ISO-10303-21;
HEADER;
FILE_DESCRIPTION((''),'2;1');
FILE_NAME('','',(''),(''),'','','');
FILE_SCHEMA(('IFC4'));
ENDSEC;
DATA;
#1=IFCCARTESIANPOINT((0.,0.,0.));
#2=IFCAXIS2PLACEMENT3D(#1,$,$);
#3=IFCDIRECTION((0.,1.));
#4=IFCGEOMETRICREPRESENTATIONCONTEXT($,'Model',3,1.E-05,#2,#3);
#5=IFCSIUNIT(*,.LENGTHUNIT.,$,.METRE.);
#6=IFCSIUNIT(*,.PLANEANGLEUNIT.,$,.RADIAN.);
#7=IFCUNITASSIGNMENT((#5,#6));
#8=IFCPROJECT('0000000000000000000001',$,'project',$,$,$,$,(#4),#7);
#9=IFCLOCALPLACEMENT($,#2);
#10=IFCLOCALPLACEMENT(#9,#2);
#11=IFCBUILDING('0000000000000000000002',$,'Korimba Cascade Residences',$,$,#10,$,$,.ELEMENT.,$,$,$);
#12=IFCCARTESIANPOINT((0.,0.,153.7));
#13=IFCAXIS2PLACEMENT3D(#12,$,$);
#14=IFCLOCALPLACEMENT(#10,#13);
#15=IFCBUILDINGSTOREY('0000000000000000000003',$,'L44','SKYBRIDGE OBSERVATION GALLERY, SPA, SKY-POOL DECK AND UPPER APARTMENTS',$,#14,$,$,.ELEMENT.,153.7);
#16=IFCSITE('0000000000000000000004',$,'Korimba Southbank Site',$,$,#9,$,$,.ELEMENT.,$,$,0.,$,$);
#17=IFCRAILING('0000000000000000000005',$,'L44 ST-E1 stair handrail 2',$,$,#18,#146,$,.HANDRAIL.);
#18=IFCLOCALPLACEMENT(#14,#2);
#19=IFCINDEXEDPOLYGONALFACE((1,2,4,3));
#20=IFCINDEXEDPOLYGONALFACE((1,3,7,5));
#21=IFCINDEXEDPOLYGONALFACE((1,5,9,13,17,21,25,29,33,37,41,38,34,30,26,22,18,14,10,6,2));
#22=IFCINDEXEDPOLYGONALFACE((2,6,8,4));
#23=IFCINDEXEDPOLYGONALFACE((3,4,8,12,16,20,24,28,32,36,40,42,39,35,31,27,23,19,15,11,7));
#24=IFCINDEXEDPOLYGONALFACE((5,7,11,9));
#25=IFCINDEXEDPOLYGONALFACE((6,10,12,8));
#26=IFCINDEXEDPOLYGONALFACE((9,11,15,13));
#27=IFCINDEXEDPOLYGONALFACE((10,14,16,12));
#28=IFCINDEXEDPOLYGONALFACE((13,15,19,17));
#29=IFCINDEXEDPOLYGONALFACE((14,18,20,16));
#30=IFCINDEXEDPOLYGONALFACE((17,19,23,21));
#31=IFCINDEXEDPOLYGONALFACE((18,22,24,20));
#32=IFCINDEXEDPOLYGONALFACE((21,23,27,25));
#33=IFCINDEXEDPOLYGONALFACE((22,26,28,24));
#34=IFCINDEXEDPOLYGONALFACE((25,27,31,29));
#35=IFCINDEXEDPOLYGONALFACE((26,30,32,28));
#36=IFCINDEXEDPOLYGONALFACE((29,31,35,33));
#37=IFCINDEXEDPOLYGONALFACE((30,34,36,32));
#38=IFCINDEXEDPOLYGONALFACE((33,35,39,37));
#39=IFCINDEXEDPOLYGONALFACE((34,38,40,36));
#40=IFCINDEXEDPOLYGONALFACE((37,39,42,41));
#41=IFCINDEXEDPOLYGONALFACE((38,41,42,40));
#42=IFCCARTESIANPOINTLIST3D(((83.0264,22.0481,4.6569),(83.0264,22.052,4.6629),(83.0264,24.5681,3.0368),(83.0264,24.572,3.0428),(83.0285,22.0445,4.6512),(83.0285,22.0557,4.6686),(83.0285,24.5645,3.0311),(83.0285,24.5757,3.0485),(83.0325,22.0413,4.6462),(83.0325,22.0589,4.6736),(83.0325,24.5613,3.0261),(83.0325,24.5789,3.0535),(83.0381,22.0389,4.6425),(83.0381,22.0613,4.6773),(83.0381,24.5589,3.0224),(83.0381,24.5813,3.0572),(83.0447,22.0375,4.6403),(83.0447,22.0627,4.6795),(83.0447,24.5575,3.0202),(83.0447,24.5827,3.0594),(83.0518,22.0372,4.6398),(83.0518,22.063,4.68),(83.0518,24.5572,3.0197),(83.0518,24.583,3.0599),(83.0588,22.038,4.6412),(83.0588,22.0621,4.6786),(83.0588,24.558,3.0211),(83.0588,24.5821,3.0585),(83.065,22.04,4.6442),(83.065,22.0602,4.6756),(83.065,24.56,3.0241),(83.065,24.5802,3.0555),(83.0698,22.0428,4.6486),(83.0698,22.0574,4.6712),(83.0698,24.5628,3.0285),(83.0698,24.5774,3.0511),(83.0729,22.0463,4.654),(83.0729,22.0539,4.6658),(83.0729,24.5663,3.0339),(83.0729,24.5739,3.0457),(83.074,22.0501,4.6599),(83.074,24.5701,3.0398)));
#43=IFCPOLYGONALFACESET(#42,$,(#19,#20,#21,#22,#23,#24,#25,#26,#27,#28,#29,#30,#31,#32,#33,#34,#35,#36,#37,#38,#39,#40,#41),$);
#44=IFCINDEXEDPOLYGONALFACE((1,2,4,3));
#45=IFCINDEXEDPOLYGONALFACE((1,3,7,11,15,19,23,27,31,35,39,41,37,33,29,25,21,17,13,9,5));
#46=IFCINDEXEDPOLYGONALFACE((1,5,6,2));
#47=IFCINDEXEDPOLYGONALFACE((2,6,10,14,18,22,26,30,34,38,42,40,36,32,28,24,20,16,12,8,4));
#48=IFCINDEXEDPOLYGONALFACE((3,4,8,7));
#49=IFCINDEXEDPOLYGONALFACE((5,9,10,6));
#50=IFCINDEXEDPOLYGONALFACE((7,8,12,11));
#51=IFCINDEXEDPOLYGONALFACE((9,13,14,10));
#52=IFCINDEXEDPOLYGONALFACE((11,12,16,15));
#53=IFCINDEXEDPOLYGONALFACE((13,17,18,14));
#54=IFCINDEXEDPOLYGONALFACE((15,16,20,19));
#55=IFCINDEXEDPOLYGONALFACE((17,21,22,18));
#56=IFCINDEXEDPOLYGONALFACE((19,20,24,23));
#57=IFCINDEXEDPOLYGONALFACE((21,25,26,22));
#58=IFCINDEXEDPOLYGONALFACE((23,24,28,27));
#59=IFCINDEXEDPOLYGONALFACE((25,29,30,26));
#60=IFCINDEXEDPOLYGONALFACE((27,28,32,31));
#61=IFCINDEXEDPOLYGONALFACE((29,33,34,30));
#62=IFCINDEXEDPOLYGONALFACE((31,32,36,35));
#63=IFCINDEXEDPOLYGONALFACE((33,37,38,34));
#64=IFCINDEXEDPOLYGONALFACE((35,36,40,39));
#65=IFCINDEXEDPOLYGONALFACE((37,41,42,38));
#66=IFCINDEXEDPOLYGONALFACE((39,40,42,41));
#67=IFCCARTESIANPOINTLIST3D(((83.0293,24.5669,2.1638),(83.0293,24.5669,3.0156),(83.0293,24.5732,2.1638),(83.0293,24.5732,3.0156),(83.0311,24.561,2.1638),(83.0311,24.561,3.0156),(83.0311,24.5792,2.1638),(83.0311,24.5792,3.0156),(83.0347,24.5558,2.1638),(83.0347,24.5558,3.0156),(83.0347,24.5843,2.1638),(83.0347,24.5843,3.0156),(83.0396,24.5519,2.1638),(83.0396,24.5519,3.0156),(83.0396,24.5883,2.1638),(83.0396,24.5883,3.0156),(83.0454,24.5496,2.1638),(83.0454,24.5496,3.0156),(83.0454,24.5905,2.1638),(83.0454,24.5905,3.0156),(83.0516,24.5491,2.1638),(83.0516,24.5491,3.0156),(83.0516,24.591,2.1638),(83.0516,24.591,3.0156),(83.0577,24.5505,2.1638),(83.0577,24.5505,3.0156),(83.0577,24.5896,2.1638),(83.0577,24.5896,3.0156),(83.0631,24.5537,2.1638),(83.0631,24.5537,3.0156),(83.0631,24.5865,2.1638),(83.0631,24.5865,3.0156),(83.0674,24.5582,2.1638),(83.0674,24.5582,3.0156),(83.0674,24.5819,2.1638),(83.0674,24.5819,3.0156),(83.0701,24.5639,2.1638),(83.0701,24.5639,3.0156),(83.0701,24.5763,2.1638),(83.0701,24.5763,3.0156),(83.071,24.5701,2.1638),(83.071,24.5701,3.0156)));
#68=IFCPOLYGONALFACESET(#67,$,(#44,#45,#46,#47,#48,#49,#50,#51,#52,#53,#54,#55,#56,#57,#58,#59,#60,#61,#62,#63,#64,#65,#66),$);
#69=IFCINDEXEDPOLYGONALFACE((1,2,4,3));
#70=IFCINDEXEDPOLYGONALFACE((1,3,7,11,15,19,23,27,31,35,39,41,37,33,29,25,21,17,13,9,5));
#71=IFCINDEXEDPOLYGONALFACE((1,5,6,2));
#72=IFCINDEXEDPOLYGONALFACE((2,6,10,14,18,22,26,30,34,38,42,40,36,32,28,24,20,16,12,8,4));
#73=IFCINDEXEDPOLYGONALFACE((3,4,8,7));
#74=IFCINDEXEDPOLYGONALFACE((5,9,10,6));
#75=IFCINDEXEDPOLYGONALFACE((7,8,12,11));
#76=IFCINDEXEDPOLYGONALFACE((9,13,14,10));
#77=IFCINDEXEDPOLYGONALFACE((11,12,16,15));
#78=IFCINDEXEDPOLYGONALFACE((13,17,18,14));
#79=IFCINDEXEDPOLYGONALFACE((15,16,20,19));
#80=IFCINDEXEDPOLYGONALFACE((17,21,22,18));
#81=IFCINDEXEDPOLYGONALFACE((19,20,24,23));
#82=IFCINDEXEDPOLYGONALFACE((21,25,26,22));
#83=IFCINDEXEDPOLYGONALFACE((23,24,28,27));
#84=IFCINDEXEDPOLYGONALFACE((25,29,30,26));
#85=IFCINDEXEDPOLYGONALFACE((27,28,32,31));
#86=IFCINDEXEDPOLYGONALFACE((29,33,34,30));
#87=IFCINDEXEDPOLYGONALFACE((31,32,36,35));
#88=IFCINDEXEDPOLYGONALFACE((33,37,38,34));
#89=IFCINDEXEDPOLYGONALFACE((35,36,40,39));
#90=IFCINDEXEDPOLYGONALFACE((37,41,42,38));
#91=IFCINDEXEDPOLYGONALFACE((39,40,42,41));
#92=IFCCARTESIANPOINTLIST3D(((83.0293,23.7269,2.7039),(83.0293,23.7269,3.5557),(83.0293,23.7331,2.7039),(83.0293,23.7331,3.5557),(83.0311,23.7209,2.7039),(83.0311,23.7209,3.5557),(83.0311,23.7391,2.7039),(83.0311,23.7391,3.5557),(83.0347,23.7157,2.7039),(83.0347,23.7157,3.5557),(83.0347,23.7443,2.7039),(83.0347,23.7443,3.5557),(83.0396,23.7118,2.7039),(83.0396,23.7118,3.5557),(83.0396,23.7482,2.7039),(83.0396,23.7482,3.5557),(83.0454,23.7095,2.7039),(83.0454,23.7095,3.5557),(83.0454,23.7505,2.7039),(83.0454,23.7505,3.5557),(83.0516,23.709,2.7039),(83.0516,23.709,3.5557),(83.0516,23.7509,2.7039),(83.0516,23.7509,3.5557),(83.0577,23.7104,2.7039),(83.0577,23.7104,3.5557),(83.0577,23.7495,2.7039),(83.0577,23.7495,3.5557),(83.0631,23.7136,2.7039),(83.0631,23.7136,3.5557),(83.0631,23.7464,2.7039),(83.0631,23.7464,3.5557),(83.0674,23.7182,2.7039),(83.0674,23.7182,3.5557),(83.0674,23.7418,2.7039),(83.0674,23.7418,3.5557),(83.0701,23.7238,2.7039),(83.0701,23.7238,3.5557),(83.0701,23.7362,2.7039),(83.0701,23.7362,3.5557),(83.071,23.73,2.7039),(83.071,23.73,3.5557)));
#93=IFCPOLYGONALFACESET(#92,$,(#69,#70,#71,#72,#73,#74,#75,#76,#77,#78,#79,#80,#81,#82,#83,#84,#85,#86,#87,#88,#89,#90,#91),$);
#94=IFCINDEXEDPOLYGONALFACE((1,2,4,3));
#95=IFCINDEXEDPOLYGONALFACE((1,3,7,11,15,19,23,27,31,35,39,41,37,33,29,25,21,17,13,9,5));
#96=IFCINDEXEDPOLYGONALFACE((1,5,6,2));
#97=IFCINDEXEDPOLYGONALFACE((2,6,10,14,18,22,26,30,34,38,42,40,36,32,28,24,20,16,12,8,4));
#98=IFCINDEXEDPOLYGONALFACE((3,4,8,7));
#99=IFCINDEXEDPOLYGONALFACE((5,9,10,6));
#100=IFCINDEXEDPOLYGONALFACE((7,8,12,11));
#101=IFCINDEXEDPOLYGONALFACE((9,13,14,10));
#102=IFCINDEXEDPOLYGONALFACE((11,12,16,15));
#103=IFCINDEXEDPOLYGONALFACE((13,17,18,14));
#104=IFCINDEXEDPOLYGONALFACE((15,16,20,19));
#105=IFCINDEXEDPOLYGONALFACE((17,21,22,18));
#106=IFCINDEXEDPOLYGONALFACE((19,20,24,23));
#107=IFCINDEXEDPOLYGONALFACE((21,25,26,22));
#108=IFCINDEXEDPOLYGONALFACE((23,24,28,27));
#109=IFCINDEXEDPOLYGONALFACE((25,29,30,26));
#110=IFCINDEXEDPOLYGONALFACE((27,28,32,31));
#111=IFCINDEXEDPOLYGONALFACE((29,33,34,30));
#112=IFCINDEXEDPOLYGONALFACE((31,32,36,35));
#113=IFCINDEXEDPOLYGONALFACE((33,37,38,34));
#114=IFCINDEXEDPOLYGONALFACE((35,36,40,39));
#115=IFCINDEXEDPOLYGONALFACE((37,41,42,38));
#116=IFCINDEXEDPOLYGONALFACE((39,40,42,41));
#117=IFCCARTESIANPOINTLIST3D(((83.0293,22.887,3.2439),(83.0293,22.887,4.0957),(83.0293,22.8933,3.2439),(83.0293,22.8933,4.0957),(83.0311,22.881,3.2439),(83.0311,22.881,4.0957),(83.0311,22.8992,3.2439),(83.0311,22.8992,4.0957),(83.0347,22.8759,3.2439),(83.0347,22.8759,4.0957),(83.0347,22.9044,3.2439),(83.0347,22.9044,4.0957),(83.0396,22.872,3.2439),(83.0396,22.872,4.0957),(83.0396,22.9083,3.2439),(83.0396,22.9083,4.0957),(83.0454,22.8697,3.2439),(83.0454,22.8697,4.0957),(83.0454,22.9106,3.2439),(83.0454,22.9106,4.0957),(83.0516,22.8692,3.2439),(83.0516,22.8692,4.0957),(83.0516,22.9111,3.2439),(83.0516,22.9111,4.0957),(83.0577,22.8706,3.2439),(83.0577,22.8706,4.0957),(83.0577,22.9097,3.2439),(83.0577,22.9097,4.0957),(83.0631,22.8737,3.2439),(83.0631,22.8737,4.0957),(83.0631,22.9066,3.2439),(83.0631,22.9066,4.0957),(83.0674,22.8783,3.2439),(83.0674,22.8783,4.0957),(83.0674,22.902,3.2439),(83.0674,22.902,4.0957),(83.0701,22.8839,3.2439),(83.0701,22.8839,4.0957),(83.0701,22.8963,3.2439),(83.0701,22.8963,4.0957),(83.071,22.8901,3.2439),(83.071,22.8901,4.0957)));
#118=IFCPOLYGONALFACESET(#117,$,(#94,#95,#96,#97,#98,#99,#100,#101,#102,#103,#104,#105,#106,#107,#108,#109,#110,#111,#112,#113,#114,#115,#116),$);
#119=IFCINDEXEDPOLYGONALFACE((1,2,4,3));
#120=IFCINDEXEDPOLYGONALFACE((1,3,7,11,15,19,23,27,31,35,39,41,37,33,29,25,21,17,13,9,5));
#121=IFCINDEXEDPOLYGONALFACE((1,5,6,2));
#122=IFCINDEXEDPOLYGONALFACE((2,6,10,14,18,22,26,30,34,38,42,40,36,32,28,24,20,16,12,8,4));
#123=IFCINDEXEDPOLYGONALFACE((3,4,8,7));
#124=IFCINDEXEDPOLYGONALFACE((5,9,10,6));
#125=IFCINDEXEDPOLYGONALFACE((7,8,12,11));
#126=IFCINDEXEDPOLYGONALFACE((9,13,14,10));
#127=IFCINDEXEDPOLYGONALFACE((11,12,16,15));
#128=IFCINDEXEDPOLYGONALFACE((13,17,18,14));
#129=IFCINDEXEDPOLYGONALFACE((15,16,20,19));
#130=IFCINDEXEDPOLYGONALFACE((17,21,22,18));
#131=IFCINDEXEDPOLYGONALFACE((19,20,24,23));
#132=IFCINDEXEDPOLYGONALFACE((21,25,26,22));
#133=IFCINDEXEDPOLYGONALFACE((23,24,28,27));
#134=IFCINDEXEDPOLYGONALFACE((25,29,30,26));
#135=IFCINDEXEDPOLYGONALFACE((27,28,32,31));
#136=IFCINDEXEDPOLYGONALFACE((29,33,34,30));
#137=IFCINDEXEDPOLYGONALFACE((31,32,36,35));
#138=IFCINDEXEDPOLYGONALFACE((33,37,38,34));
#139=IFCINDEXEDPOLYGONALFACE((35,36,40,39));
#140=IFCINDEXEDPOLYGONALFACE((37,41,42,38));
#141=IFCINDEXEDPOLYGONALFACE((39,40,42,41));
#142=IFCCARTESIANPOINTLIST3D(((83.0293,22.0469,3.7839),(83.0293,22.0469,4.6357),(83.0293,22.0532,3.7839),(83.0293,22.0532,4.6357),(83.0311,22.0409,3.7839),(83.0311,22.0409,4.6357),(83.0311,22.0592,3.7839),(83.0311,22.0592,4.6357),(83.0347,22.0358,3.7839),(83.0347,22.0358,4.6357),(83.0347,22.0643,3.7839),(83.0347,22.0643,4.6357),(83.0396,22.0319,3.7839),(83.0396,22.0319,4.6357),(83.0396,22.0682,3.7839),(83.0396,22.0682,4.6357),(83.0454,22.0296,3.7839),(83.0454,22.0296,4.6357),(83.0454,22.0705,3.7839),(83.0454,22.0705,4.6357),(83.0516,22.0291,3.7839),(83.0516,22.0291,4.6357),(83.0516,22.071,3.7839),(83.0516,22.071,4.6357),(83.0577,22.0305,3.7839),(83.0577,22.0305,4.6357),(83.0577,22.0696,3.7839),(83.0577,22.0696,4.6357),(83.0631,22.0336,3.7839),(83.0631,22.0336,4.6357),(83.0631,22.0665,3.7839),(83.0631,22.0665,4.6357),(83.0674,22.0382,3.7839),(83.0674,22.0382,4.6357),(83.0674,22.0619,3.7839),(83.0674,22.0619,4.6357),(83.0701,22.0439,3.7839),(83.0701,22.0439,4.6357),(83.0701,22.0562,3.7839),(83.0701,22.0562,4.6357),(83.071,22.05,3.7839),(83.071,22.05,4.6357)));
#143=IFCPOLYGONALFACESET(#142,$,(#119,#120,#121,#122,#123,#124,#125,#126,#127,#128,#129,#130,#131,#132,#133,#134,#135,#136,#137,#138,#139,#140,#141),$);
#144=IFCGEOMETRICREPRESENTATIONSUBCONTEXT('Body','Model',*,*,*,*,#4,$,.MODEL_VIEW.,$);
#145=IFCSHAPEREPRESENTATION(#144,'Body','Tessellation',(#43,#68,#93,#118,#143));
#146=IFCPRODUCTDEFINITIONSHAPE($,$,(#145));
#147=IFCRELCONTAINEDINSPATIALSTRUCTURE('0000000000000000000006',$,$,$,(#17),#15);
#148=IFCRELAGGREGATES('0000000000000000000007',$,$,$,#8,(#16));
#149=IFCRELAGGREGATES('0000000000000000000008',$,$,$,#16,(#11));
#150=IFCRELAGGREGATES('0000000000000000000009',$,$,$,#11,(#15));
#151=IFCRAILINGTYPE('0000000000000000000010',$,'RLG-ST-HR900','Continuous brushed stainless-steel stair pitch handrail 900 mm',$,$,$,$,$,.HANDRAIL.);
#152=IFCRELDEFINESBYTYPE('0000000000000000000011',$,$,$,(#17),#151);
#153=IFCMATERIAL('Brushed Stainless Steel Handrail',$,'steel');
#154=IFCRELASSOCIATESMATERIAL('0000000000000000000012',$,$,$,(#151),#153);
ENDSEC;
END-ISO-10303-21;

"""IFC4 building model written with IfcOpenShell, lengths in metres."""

from ifc_helpers import new_model, si_unit, direction, frame, origin, origin_2d, place, context, subcontext, project, spatial, circle, extrude, material, type_object, element, save


model = new_model("IFC4")

# Units and contexts
model_context = context("Model", 3, precision=1e-05, world=origin(), true_north=direction((0.0, 1.0)))
body_context = subcontext(model_context, "Body", "Model", "MODEL_VIEW")
ifc_project = project(units=[si_unit("LENGTHUNIT", "METRE"), si_unit("PLANEANGLEUNIT", "RADIAN")], contexts=[model_context])

# Site, building, storey
site_placement = place(None, origin())
site = spatial("IfcSite", under=ifc_project, at=site_placement, Name="Korimba Southbank Site", CompositionType="ELEMENT", RefElevation=0.0)
building_placement = place(site_placement, origin())
building = spatial("IfcBuilding", under=site, at=building_placement, Name="Korimba Cascade Residences", CompositionType="ELEMENT")
storey_placement = place(building_placement, frame((0.0, 0.0, 153.7)))
storey = spatial("IfcBuildingStorey", under=building, at=storey_placement, Name="L44", Description="SKYBRIDGE OBSERVATION GALLERY, SPA, SKY-POOL DECK AND UPPER APARTMENTS", CompositionType="ELEMENT", Elevation=153.7)

# Railing
ifc_material_1 = material(Name="Brushed Stainless Steel Handrail", Category="steel")
railing_type_1 = type_object("IfcRailingType", Name="RLG-ST-HR900", Description="Continuous brushed stainless-steel stair pitch handrail 900 mm", PredefinedType="HANDRAIL", material=ifc_material_1)
railing_1_placement = place(storey_placement, frame((83.05, 24.5701, 2.1638)))
element("IfcRailing", 1, at=railing_1_placement, inside=storey, type_object=railing_type_1, Name="L44 ST-E1 stair handrail 2", PredefinedType="HANDRAIL", context=body_context, shape_type="SweptSolid", body=[
    extrude(circle(Radius=0.0239, at=origin_2d()), frame((0.0, 0.0, 0.876), z_axis=(0.0, -0.841163, 0.540782), x_axis=(1.0, 0.0, 0.0)), (0.0, 0.0, 1.0), 2.9958),
    extrude(circle(Radius=0.021, at=origin_2d()), origin(), (0.0, 0.0, 1.0), 0.8518),
    extrude(circle(Radius=0.021, at=origin_2d()), frame((0.0, -0.8401, 0.54)), (0.0, 0.0, 1.0), 0.8518),
    extrude(circle(Radius=0.021, at=origin_2d()), frame((0.0, -1.6799, 1.0801)), (0.0, 0.0, 1.0), 0.8518),
    extrude(circle(Radius=0.021, at=origin_2d()), frame((0.0, -2.52, 1.6201)), (0.0, 0.0, 1.0), 0.8518),
])

save(model, "model.ifc")
